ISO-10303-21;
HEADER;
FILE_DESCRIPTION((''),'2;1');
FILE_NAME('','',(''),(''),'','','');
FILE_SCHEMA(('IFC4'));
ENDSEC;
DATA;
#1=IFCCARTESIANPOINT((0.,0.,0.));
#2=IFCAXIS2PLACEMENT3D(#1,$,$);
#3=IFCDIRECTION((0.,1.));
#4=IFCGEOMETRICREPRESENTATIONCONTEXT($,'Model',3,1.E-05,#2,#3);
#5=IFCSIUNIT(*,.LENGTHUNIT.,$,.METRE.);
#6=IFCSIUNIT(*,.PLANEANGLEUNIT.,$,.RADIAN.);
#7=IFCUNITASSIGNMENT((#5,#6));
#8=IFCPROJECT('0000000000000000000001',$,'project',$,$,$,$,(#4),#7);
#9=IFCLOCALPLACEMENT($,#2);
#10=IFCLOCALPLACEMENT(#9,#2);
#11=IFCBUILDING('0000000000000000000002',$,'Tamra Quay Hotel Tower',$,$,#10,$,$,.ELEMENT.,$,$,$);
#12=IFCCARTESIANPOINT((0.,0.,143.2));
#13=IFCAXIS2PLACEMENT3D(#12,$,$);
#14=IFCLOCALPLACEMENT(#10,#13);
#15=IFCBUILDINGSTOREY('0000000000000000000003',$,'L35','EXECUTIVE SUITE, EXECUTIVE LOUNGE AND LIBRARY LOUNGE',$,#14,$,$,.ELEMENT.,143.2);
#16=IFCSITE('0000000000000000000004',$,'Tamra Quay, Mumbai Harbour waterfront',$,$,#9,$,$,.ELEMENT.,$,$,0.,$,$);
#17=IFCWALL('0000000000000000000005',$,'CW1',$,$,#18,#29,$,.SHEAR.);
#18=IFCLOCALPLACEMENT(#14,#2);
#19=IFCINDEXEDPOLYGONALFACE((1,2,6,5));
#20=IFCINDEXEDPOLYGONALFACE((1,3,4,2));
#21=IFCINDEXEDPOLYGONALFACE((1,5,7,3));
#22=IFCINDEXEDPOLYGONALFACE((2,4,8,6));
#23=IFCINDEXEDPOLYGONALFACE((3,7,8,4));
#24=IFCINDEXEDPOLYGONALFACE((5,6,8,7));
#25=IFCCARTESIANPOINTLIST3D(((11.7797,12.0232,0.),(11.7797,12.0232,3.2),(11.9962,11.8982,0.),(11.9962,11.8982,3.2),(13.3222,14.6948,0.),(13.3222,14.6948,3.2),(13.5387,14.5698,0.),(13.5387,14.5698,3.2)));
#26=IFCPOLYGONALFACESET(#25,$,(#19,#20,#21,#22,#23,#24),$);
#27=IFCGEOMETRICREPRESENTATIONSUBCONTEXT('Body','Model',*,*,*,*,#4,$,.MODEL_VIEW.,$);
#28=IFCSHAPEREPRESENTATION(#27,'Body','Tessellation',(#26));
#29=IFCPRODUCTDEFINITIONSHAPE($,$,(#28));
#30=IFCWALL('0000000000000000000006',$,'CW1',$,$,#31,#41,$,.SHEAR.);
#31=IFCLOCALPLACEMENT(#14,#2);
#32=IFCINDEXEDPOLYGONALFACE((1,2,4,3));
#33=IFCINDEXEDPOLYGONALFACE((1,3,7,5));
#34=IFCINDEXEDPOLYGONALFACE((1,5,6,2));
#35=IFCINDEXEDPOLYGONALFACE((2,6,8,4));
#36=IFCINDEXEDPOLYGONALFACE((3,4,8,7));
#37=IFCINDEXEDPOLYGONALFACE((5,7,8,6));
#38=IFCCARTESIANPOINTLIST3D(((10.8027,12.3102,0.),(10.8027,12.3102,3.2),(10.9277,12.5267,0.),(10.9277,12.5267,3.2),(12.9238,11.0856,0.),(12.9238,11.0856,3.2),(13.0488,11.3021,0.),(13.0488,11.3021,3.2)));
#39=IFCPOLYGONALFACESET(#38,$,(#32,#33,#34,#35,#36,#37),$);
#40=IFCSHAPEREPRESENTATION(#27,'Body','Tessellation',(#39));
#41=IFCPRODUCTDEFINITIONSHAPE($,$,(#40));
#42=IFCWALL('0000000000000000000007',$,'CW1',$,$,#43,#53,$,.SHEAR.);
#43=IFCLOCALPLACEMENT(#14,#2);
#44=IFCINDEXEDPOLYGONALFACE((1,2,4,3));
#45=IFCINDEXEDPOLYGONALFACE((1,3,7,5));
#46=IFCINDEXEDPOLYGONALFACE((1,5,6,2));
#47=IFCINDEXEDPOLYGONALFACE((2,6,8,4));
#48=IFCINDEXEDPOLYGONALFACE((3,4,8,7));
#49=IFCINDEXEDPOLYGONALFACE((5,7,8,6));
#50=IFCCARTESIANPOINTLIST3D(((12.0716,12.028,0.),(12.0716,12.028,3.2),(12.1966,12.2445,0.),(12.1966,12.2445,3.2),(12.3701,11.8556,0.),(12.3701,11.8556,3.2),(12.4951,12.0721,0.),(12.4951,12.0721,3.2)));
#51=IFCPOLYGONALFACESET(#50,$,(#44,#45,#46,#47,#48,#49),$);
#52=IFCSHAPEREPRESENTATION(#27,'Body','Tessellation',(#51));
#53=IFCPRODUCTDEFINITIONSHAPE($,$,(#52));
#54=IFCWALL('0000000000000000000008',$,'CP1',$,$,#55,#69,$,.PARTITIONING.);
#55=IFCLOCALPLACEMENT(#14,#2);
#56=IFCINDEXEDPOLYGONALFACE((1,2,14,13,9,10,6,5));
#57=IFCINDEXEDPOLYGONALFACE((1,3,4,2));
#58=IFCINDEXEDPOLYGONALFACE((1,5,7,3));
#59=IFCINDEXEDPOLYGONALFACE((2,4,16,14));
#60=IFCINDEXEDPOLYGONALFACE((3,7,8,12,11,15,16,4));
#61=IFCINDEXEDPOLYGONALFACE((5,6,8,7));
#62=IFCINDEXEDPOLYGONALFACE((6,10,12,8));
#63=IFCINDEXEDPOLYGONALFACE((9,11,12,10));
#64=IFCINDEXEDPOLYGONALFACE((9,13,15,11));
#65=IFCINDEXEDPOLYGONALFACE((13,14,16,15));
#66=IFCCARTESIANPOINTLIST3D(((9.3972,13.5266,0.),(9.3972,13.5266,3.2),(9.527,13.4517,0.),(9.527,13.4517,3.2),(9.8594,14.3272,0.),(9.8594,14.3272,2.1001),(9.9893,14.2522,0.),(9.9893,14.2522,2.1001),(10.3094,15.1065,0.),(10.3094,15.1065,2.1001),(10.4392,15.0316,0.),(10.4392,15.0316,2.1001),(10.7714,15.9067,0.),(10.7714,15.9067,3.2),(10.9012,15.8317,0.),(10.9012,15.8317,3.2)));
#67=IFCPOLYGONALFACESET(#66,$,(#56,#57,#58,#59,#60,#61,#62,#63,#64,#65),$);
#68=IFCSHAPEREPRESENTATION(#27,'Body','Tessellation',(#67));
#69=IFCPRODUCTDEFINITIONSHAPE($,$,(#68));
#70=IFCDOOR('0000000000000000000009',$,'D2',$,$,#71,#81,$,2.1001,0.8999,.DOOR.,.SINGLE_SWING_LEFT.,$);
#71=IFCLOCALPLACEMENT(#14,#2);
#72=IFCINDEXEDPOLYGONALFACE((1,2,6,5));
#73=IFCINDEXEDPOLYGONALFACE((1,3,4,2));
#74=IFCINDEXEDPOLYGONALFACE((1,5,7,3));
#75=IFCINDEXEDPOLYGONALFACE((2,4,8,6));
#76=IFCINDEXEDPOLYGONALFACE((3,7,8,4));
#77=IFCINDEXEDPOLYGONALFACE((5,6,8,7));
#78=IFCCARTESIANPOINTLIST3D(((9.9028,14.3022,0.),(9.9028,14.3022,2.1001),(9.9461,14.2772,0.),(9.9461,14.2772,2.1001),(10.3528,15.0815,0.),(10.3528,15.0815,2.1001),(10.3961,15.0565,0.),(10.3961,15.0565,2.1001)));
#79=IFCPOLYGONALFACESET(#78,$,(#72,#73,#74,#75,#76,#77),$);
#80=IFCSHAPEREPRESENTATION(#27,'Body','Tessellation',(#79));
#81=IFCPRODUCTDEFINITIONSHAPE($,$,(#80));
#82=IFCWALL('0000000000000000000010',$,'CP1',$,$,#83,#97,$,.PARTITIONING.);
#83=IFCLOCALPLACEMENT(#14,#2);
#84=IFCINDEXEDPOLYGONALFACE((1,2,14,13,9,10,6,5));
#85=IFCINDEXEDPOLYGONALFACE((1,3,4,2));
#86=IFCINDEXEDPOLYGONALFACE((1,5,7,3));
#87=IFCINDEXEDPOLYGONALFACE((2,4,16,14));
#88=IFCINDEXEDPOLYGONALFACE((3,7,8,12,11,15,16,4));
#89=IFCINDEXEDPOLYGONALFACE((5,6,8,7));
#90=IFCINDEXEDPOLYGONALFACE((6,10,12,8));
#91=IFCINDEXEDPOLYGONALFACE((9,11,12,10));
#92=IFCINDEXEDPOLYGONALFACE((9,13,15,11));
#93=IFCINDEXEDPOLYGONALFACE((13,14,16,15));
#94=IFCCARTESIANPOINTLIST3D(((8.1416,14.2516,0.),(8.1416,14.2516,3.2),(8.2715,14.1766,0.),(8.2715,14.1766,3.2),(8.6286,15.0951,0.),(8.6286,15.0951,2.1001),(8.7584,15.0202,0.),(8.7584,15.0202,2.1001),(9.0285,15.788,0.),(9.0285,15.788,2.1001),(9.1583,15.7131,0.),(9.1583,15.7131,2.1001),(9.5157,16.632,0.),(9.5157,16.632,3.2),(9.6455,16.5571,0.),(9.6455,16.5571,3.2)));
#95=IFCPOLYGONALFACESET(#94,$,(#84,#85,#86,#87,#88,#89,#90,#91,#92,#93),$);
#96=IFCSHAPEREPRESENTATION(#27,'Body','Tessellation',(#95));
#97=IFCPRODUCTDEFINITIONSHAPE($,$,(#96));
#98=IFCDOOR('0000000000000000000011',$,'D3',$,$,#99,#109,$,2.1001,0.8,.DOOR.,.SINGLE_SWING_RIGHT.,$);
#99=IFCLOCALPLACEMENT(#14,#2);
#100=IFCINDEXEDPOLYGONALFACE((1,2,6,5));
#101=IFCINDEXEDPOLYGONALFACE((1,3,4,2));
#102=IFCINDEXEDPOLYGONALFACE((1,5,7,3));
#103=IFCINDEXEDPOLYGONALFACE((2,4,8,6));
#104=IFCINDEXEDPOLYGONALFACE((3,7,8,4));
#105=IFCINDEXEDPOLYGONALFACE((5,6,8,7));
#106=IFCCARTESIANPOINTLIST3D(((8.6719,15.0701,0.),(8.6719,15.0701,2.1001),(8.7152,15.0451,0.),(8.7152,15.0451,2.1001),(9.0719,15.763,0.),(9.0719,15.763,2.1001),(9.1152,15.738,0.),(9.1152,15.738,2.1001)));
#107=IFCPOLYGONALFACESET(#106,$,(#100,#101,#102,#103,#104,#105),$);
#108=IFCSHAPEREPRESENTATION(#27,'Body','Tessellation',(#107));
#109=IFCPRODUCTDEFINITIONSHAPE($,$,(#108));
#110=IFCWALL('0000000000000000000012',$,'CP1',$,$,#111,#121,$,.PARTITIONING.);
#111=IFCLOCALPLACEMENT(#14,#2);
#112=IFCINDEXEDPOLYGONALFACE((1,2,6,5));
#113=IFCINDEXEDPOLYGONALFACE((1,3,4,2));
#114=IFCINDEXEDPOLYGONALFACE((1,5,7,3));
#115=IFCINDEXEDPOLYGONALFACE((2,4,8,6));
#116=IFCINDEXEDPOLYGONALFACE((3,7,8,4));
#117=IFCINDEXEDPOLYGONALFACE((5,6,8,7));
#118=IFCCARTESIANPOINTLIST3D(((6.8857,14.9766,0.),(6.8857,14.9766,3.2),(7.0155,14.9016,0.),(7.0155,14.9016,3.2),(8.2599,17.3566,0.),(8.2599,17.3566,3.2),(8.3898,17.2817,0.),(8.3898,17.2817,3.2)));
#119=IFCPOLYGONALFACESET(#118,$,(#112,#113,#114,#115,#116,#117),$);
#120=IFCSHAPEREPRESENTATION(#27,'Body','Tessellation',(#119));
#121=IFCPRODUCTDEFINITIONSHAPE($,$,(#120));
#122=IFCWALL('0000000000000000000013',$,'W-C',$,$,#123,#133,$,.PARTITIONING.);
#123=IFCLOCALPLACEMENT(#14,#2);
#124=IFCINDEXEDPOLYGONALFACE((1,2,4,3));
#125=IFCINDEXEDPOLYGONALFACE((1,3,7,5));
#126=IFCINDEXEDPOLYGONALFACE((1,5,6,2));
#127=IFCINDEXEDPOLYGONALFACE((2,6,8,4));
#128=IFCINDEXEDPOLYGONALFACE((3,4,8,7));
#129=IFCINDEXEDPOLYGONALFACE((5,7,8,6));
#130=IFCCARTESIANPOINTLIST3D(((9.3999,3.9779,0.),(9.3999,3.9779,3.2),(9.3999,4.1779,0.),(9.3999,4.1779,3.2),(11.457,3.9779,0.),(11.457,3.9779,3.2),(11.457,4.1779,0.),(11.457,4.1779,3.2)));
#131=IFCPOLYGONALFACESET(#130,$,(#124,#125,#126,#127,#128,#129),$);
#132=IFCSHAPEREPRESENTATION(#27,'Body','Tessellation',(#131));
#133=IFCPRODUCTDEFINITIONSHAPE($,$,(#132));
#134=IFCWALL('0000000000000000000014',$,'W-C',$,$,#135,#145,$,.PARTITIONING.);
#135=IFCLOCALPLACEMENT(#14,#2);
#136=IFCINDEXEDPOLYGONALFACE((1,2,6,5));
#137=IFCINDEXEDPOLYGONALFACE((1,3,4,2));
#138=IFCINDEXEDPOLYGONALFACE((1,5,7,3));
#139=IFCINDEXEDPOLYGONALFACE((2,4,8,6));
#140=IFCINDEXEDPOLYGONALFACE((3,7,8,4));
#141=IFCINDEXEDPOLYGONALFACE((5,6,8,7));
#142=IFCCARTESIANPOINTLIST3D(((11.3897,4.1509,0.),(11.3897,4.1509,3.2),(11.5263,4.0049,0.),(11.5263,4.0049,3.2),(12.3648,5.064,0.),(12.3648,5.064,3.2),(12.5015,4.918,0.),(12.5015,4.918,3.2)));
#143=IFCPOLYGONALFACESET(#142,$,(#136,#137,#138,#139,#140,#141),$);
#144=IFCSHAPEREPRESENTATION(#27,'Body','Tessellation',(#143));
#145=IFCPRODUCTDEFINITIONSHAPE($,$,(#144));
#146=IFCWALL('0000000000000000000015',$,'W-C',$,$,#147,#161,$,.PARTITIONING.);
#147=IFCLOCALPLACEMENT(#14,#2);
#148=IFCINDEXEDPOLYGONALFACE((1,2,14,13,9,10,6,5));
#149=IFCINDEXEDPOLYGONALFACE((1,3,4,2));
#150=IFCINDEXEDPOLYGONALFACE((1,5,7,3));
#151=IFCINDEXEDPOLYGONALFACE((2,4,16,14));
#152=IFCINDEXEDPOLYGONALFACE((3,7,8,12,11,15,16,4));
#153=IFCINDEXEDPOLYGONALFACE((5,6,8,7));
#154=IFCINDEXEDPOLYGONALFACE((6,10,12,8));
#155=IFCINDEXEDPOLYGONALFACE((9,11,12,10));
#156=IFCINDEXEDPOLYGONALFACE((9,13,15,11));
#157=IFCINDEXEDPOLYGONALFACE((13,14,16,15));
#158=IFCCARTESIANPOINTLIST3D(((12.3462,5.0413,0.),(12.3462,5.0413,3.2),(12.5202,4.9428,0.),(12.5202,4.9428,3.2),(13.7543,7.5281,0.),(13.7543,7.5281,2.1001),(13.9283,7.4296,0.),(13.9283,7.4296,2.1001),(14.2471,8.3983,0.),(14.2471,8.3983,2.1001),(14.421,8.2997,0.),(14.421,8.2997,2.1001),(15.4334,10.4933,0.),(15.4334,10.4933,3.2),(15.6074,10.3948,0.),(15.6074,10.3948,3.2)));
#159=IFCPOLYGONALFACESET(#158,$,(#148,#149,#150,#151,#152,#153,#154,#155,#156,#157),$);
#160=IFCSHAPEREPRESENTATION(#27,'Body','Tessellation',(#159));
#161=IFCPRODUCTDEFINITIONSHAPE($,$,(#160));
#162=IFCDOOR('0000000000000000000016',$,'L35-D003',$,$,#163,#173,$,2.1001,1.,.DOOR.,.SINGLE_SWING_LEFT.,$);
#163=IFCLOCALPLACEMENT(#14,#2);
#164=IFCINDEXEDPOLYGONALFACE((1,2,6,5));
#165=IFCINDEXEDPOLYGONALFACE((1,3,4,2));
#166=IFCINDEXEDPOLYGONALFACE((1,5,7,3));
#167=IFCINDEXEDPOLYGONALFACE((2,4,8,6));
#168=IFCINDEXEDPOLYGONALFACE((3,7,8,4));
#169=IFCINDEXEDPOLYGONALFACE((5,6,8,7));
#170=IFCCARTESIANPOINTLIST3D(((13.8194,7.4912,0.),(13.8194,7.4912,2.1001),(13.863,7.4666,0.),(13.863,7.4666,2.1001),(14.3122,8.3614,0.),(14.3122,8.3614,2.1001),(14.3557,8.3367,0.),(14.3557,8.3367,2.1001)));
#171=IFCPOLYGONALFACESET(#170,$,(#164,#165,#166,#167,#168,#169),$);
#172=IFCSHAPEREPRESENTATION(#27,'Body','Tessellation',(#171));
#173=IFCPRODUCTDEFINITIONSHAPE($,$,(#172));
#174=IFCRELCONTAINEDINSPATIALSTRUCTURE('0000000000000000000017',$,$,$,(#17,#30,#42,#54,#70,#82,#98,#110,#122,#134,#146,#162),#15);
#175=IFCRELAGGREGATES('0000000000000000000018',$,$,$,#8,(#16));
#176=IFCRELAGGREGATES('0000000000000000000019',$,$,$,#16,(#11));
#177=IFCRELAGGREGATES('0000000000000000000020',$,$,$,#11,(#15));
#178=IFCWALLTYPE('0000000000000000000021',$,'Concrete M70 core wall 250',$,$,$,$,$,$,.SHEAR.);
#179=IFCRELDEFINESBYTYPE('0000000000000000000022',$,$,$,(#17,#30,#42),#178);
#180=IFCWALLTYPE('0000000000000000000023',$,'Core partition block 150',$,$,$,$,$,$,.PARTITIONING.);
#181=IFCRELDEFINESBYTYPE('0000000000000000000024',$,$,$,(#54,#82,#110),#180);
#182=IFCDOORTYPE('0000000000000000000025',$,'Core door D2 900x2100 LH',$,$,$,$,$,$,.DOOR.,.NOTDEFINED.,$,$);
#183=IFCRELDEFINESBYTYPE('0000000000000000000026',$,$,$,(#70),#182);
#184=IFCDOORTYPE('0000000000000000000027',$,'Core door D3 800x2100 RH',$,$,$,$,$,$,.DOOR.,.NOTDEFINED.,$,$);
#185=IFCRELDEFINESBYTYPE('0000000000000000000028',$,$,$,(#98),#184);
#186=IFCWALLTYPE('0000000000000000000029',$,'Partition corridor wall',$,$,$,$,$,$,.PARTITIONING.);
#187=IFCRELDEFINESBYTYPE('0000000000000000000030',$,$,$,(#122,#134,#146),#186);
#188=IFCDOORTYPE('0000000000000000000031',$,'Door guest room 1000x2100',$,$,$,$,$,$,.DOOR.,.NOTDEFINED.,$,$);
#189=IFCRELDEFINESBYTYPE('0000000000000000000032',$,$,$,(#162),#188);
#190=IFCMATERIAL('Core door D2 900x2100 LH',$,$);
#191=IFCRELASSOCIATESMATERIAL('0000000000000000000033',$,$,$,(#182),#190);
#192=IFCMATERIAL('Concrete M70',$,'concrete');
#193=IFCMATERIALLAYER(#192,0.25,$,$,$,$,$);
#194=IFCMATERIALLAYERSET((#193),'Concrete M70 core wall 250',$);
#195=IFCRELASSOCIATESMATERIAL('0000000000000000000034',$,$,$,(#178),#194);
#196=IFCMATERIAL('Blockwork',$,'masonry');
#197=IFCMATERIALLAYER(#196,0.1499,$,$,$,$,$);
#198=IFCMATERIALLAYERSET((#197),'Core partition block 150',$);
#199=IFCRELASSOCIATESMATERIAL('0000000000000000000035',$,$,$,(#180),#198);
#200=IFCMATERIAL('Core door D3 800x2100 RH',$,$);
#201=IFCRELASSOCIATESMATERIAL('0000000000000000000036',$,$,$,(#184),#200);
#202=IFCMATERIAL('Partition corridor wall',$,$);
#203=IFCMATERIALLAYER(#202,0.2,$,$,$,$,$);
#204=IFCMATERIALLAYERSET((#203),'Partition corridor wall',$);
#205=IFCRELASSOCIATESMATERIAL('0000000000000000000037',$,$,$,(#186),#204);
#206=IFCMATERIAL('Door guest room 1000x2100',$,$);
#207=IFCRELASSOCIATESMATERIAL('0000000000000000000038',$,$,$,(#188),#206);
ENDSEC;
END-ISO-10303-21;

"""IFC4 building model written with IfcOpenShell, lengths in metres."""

from ifc_helpers import new_model, si_unit, direction, frame, frame_2d, origin, place, context, subcontext, project, spatial, rectangle, extrude, material, layer, layer_set, type_object, element, fill, save


model = new_model("IFC4")

# Units and contexts
model_context = context("Model", 3, precision=1e-05, world=origin(), true_north=direction((0.0, 1.0)))
body_context = subcontext(model_context, "Body", "Model", "MODEL_VIEW")
ifc_project = project(units=[si_unit("LENGTHUNIT", "METRE"), si_unit("PLANEANGLEUNIT", "RADIAN")], contexts=[model_context])

# Site, building, storey
site_placement = place(None, origin())
site = spatial("IfcSite", under=ifc_project, at=site_placement, Name="Tamra Quay, Mumbai Harbour waterfront", CompositionType="ELEMENT", RefElevation=0.0)
building_placement = place(site_placement, origin())
building = spatial("IfcBuilding", under=site, at=building_placement, Name="Tamra Quay Hotel Tower", CompositionType="ELEMENT")
storey_placement = place(building_placement, frame((0.0, 0.0, 143.2)))
storey = spatial("IfcBuildingStorey", under=building, at=storey_placement, Name="L35", Description="EXECUTIVE SUITE, EXECUTIVE LOUNGE AND LIBRARY LOUNGE", CompositionType="ELEMENT", Elevation=143.2)

# Shared definitions
ifc_material_1 = material(Name="Concrete M70", Category="concrete")
ifc_material_2 = material(Name="Core door D2 900x2100 LH")
door_type_1 = type_object("IfcDoorType", Name="Core door D2 900x2100 LH", OperationType="NOTDEFINED", PredefinedType="DOOR", material=ifc_material_2)
ifc_layer_1 = layer(ifc_material_1, 0.25)
ifc_layer_set_1 = layer_set([ifc_layer_1], Name="Concrete M70 core wall 250")
wall_type_1 = type_object("IfcWallType", Name="Concrete M70 core wall 250", PredefinedType="SHEAR", material=ifc_layer_set_1)

# Walls
wall_1_placement = place(storey_placement, frame((11.8879, 11.9607, 0.0), z_axis=(0.0, 0.0, 1.0), x_axis=(0.500003, 0.866023, 0.0)))
element("IfcWall", 1, at=wall_1_placement, inside=storey, type_object=wall_type_1, Name="CW1", PredefinedType="SHEAR", context=body_context, shape_type="SweptSolid", body=[
    extrude(rectangle(XDim=3.085, YDim=0.25, at=frame_2d((1.5425, 0.0))), origin(), (0.0, 0.0, 1.0), 3.2),
])
wall_2_placement = place(storey_placement, frame((10.8652, 12.4185, 0.0), z_axis=(0.0, 0.0, 1.0), x_axis=(0.866026, -0.499999, 0.0)))
element("IfcWall", 2, at=wall_2_placement, inside=storey, type_object=wall_type_1, Name="CW1", PredefinedType="SHEAR", context=body_context, shape_type="SweptSolid", body=[
    extrude(rectangle(XDim=2.4492, YDim=0.25, at=frame_2d((1.2246, 0.0))), origin(), (0.0, 0.0, 1.0), 3.2),
])
wall_3_placement = place(storey_placement, frame((12.4326, 11.9639, 0.0), z_axis=(0.0, 0.0, 1.0), x_axis=(-0.866056, 0.499947, 0.0)))
element("IfcWall", 3, at=wall_3_placement, inside=storey, type_object=wall_type_1, Name="CW1", PredefinedType="SHEAR", context=body_context, shape_type="SweptSolid", body=[
    extrude(rectangle(XDim=0.3447, YDim=0.25, at=frame_2d((0.1724, 0.0))), origin(), (0.0, 0.0, 1.0), 3.2),
])

# Walls, openings, doors
ifc_material_3 = material(Name="Blockwork", Category="masonry")
ifc_layer_2 = layer(ifc_material_3, 0.1499)
ifc_layer_set_2 = layer_set([ifc_layer_2], Name="Core partition block 150")
wall_type_2 = type_object("IfcWallType", Name="Core partition block 150", PredefinedType="PARTITIONING", material=ifc_layer_set_2)
wall_4_placement = place(storey_placement, frame((9.4622, 13.4893, 0.0), z_axis=(0.0, 0.0, 1.0), x_axis=(0.500027, 0.86601, 0.0)))
wall_4 = element("IfcWall", 4, at=wall_4_placement, inside=storey, type_object=wall_type_2, Name="CP1", PredefinedType="PARTITIONING", context=body_context, shape_type="SweptSolid", body=[
    extrude(rectangle(XDim=2.7483, YDim=0.1499, at=frame_2d((1.374, 0.0))), origin(), (0.0, 0.0, 1.0), 3.2),
])
opening_1_placement = place(wall_4_placement, frame((0.9243, 0.0, 0.0)))
opening_1 = element("IfcOpeningElement", 5, at=opening_1_placement, cuts=wall_4, PredefinedType="OPENING", context=body_context, shape_type="SweptSolid", body=[
    extrude(rectangle(XDim=0.8999, YDim=2.1001, at=frame_2d((0.45, 1.05))), frame((0.0, 0.085, 0.0), z_axis=(0.0, -1.0, 0.0), x_axis=(1.0, 0.0, 0.0)), (0.0, 0.0, 1.0), 0.1699),
])
door_1_placement = place(opening_1_placement, origin())
door_1 = element("IfcDoor", 6, at=door_1_placement, inside=storey, type_object=door_type_1, Name="D2", OperationType="SINGLE_SWING_LEFT", OverallHeight=2.1001, OverallWidth=0.8999, PredefinedType="DOOR", context=body_context, shape_type="SweptSolid", body=[
    extrude(rectangle(XDim=0.8999, YDim=2.1001, at=frame_2d((0.45, 1.05))), frame((0.0, 0.0249, 0.0), z_axis=(0.0, -1.0, 0.0), x_axis=(1.0, 0.0, 0.0)), (0.0, 0.0, 1.0), 0.05),
])
fill(opening_1, door_1)
wall_5_placement = place(storey_placement, frame((8.2065, 14.2141, 0.0), z_axis=(0.0, 0.0, 1.0), x_axis=(0.499922, 0.86607, 0.0)))
wall_5 = element("IfcWall", 7, at=wall_5_placement, inside=storey, type_object=wall_type_2, Name="CP1", PredefinedType="PARTITIONING", context=body_context, shape_type="SweptSolid", body=[
    extrude(rectangle(XDim=2.7485, YDim=0.1499, at=frame_2d((1.3743, 0.0))), origin(), (0.0, 0.0, 1.0), 3.2),
])
opening_2_placement = place(wall_5_placement, frame((0.9741, 0.0, 0.0)))
opening_2 = element("IfcOpeningElement", 8, at=opening_2_placement, cuts=wall_5, PredefinedType="OPENING", context=body_context, shape_type="SweptSolid", body=[
    extrude(rectangle(XDim=0.8, YDim=2.1001, at=frame_2d((0.3999, 1.05))), frame((0.0, 0.085, 0.0), z_axis=(0.0, -1.0, 0.0), x_axis=(1.0, 0.0, 0.0)), (0.0, 0.0, 1.0), 0.1699),
])
ifc_material_4 = material(Name="Core door D3 800x2100 RH")
door_type_2 = type_object("IfcDoorType", Name="Core door D3 800x2100 RH", OperationType="NOTDEFINED", PredefinedType="DOOR", material=ifc_material_4)
door_2_placement = place(opening_2_placement, origin())
door_2 = element("IfcDoor", 9, at=door_2_placement, inside=storey, type_object=door_type_2, Name="D3", OperationType="SINGLE_SWING_RIGHT", OverallHeight=2.1001, OverallWidth=0.8, PredefinedType="DOOR", context=body_context, shape_type="SweptSolid", body=[
    extrude(rectangle(XDim=0.8, YDim=2.1001, at=frame_2d((0.3999, 1.05))), frame((0.0, 0.0249, 0.0), z_axis=(0.0, -1.0, 0.0), x_axis=(1.0, 0.0, 0.0)), (0.0, 0.0, 1.0), 0.05),
])
fill(opening_2, door_2)

# Walls
wall_6_placement = place(storey_placement, frame((6.9507, 14.9392, 0.0), z_axis=(0.0, 0.0, 1.0), x_axis=(0.500027, 0.86601, 0.0)))
element("IfcWall", 10, at=wall_6_placement, inside=storey, type_object=wall_type_2, Name="CP1", PredefinedType="PARTITIONING", context=body_context, shape_type="SweptSolid", body=[
    extrude(rectangle(XDim=2.7483, YDim=0.1499, at=frame_2d((1.374, 0.0))), origin(), (0.0, 0.0, 1.0), 3.2),
])
ifc_material_5 = material(Name="Partition corridor wall")
ifc_layer_3 = layer(ifc_material_5, 0.2)
ifc_layer_set_3 = layer_set([ifc_layer_3], Name="Partition corridor wall")
wall_type_3 = type_object("IfcWallType", Name="Partition corridor wall", PredefinedType="PARTITIONING", material=ifc_layer_set_3)
wall_7_placement = place(storey_placement, frame((9.3999, 4.0779, 0.0), z_axis=(0.0, 0.0, 1.0), x_axis=(1.0, 0.0, 0.0)))
element("IfcWall", 11, at=wall_7_placement, inside=storey, type_object=wall_type_3, Name="W-C", PredefinedType="PARTITIONING", context=body_context, shape_type="SweptSolid", body=[
    extrude(rectangle(XDim=2.0571, YDim=0.2, at=frame_2d((1.0286, 0.0))), origin(), (0.0, 0.0, 1.0), 3.2),
])
wall_8_placement = place(storey_placement, frame((11.458, 4.0779, 0.0), z_axis=(0.0, 0.0, 1.0), x_axis=(0.729936, 0.683515, 0.0)))
element("IfcWall", 12, at=wall_8_placement, inside=storey, type_object=wall_type_3, Name="W-C", PredefinedType="PARTITIONING", context=body_context, shape_type="SweptSolid", body=[
    extrude(rectangle(XDim=1.3359, YDim=0.2, at=frame_2d((0.668, 0.0))), origin(), (0.0, 0.0, 1.0), 3.2),
])

# Wall, opening, door
wall_9_placement = place(storey_placement, frame((12.4331, 4.9919, 0.0), z_axis=(0.0, 0.0, 1.0), x_axis=(0.49274, 0.870176, 0.0)))
wall_9 = element("IfcWall", 13, at=wall_9_placement, inside=storey, type_object=wall_type_3, Name="W-C", PredefinedType="PARTITIONING", context=body_context, shape_type="SweptSolid", body=[
    extrude(rectangle(XDim=6.2654, YDim=0.2, at=frame_2d((3.1328, 0.0))), origin(), (0.0, 0.0, 1.0), 3.2),
])
opening_3_placement = place(wall_9_placement, frame((2.8579, 0.0, 0.0)))
opening_3 = element("IfcOpeningElement", 14, at=opening_3_placement, cuts=wall_9, PredefinedType="OPENING", context=body_context, shape_type="SweptSolid", body=[
    extrude(rectangle(XDim=1.0, YDim=2.1001, at=frame_2d((0.5, 1.05))), frame((0.0, 0.1099, 0.0), z_axis=(0.0, -1.0, 0.0), x_axis=(1.0, 0.0, 0.0)), (0.0, 0.0, 1.0), 0.22),
])
ifc_material_6 = material(Name="Door guest room 1000x2100")
door_type_3 = type_object("IfcDoorType", Name="Door guest room 1000x2100", OperationType="NOTDEFINED", PredefinedType="DOOR", material=ifc_material_6)
door_3_placement = place(opening_3_placement, frame((1.0, 0.0, 0.0), z_axis=(0.0, 0.0, 1.0), x_axis=(-1.0, 0.0, 0.0)))
door_3 = element("IfcDoor", 15, at=door_3_placement, inside=storey, type_object=door_type_3, Name="L35-D003", OperationType="SINGLE_SWING_LEFT", OverallHeight=2.1001, OverallWidth=1.0, PredefinedType="DOOR", context=body_context, shape_type="SweptSolid", body=[
    extrude(rectangle(XDim=1.0, YDim=2.1001, at=frame_2d((0.5, 1.05))), frame((0.0, 0.0249, 0.0), z_axis=(0.0, -1.0, 0.0), x_axis=(1.0, 0.0, 0.0)), (0.0, 0.0, 1.0), 0.05),
])
fill(opening_3, door_3)

save(model, "model.ifc")
